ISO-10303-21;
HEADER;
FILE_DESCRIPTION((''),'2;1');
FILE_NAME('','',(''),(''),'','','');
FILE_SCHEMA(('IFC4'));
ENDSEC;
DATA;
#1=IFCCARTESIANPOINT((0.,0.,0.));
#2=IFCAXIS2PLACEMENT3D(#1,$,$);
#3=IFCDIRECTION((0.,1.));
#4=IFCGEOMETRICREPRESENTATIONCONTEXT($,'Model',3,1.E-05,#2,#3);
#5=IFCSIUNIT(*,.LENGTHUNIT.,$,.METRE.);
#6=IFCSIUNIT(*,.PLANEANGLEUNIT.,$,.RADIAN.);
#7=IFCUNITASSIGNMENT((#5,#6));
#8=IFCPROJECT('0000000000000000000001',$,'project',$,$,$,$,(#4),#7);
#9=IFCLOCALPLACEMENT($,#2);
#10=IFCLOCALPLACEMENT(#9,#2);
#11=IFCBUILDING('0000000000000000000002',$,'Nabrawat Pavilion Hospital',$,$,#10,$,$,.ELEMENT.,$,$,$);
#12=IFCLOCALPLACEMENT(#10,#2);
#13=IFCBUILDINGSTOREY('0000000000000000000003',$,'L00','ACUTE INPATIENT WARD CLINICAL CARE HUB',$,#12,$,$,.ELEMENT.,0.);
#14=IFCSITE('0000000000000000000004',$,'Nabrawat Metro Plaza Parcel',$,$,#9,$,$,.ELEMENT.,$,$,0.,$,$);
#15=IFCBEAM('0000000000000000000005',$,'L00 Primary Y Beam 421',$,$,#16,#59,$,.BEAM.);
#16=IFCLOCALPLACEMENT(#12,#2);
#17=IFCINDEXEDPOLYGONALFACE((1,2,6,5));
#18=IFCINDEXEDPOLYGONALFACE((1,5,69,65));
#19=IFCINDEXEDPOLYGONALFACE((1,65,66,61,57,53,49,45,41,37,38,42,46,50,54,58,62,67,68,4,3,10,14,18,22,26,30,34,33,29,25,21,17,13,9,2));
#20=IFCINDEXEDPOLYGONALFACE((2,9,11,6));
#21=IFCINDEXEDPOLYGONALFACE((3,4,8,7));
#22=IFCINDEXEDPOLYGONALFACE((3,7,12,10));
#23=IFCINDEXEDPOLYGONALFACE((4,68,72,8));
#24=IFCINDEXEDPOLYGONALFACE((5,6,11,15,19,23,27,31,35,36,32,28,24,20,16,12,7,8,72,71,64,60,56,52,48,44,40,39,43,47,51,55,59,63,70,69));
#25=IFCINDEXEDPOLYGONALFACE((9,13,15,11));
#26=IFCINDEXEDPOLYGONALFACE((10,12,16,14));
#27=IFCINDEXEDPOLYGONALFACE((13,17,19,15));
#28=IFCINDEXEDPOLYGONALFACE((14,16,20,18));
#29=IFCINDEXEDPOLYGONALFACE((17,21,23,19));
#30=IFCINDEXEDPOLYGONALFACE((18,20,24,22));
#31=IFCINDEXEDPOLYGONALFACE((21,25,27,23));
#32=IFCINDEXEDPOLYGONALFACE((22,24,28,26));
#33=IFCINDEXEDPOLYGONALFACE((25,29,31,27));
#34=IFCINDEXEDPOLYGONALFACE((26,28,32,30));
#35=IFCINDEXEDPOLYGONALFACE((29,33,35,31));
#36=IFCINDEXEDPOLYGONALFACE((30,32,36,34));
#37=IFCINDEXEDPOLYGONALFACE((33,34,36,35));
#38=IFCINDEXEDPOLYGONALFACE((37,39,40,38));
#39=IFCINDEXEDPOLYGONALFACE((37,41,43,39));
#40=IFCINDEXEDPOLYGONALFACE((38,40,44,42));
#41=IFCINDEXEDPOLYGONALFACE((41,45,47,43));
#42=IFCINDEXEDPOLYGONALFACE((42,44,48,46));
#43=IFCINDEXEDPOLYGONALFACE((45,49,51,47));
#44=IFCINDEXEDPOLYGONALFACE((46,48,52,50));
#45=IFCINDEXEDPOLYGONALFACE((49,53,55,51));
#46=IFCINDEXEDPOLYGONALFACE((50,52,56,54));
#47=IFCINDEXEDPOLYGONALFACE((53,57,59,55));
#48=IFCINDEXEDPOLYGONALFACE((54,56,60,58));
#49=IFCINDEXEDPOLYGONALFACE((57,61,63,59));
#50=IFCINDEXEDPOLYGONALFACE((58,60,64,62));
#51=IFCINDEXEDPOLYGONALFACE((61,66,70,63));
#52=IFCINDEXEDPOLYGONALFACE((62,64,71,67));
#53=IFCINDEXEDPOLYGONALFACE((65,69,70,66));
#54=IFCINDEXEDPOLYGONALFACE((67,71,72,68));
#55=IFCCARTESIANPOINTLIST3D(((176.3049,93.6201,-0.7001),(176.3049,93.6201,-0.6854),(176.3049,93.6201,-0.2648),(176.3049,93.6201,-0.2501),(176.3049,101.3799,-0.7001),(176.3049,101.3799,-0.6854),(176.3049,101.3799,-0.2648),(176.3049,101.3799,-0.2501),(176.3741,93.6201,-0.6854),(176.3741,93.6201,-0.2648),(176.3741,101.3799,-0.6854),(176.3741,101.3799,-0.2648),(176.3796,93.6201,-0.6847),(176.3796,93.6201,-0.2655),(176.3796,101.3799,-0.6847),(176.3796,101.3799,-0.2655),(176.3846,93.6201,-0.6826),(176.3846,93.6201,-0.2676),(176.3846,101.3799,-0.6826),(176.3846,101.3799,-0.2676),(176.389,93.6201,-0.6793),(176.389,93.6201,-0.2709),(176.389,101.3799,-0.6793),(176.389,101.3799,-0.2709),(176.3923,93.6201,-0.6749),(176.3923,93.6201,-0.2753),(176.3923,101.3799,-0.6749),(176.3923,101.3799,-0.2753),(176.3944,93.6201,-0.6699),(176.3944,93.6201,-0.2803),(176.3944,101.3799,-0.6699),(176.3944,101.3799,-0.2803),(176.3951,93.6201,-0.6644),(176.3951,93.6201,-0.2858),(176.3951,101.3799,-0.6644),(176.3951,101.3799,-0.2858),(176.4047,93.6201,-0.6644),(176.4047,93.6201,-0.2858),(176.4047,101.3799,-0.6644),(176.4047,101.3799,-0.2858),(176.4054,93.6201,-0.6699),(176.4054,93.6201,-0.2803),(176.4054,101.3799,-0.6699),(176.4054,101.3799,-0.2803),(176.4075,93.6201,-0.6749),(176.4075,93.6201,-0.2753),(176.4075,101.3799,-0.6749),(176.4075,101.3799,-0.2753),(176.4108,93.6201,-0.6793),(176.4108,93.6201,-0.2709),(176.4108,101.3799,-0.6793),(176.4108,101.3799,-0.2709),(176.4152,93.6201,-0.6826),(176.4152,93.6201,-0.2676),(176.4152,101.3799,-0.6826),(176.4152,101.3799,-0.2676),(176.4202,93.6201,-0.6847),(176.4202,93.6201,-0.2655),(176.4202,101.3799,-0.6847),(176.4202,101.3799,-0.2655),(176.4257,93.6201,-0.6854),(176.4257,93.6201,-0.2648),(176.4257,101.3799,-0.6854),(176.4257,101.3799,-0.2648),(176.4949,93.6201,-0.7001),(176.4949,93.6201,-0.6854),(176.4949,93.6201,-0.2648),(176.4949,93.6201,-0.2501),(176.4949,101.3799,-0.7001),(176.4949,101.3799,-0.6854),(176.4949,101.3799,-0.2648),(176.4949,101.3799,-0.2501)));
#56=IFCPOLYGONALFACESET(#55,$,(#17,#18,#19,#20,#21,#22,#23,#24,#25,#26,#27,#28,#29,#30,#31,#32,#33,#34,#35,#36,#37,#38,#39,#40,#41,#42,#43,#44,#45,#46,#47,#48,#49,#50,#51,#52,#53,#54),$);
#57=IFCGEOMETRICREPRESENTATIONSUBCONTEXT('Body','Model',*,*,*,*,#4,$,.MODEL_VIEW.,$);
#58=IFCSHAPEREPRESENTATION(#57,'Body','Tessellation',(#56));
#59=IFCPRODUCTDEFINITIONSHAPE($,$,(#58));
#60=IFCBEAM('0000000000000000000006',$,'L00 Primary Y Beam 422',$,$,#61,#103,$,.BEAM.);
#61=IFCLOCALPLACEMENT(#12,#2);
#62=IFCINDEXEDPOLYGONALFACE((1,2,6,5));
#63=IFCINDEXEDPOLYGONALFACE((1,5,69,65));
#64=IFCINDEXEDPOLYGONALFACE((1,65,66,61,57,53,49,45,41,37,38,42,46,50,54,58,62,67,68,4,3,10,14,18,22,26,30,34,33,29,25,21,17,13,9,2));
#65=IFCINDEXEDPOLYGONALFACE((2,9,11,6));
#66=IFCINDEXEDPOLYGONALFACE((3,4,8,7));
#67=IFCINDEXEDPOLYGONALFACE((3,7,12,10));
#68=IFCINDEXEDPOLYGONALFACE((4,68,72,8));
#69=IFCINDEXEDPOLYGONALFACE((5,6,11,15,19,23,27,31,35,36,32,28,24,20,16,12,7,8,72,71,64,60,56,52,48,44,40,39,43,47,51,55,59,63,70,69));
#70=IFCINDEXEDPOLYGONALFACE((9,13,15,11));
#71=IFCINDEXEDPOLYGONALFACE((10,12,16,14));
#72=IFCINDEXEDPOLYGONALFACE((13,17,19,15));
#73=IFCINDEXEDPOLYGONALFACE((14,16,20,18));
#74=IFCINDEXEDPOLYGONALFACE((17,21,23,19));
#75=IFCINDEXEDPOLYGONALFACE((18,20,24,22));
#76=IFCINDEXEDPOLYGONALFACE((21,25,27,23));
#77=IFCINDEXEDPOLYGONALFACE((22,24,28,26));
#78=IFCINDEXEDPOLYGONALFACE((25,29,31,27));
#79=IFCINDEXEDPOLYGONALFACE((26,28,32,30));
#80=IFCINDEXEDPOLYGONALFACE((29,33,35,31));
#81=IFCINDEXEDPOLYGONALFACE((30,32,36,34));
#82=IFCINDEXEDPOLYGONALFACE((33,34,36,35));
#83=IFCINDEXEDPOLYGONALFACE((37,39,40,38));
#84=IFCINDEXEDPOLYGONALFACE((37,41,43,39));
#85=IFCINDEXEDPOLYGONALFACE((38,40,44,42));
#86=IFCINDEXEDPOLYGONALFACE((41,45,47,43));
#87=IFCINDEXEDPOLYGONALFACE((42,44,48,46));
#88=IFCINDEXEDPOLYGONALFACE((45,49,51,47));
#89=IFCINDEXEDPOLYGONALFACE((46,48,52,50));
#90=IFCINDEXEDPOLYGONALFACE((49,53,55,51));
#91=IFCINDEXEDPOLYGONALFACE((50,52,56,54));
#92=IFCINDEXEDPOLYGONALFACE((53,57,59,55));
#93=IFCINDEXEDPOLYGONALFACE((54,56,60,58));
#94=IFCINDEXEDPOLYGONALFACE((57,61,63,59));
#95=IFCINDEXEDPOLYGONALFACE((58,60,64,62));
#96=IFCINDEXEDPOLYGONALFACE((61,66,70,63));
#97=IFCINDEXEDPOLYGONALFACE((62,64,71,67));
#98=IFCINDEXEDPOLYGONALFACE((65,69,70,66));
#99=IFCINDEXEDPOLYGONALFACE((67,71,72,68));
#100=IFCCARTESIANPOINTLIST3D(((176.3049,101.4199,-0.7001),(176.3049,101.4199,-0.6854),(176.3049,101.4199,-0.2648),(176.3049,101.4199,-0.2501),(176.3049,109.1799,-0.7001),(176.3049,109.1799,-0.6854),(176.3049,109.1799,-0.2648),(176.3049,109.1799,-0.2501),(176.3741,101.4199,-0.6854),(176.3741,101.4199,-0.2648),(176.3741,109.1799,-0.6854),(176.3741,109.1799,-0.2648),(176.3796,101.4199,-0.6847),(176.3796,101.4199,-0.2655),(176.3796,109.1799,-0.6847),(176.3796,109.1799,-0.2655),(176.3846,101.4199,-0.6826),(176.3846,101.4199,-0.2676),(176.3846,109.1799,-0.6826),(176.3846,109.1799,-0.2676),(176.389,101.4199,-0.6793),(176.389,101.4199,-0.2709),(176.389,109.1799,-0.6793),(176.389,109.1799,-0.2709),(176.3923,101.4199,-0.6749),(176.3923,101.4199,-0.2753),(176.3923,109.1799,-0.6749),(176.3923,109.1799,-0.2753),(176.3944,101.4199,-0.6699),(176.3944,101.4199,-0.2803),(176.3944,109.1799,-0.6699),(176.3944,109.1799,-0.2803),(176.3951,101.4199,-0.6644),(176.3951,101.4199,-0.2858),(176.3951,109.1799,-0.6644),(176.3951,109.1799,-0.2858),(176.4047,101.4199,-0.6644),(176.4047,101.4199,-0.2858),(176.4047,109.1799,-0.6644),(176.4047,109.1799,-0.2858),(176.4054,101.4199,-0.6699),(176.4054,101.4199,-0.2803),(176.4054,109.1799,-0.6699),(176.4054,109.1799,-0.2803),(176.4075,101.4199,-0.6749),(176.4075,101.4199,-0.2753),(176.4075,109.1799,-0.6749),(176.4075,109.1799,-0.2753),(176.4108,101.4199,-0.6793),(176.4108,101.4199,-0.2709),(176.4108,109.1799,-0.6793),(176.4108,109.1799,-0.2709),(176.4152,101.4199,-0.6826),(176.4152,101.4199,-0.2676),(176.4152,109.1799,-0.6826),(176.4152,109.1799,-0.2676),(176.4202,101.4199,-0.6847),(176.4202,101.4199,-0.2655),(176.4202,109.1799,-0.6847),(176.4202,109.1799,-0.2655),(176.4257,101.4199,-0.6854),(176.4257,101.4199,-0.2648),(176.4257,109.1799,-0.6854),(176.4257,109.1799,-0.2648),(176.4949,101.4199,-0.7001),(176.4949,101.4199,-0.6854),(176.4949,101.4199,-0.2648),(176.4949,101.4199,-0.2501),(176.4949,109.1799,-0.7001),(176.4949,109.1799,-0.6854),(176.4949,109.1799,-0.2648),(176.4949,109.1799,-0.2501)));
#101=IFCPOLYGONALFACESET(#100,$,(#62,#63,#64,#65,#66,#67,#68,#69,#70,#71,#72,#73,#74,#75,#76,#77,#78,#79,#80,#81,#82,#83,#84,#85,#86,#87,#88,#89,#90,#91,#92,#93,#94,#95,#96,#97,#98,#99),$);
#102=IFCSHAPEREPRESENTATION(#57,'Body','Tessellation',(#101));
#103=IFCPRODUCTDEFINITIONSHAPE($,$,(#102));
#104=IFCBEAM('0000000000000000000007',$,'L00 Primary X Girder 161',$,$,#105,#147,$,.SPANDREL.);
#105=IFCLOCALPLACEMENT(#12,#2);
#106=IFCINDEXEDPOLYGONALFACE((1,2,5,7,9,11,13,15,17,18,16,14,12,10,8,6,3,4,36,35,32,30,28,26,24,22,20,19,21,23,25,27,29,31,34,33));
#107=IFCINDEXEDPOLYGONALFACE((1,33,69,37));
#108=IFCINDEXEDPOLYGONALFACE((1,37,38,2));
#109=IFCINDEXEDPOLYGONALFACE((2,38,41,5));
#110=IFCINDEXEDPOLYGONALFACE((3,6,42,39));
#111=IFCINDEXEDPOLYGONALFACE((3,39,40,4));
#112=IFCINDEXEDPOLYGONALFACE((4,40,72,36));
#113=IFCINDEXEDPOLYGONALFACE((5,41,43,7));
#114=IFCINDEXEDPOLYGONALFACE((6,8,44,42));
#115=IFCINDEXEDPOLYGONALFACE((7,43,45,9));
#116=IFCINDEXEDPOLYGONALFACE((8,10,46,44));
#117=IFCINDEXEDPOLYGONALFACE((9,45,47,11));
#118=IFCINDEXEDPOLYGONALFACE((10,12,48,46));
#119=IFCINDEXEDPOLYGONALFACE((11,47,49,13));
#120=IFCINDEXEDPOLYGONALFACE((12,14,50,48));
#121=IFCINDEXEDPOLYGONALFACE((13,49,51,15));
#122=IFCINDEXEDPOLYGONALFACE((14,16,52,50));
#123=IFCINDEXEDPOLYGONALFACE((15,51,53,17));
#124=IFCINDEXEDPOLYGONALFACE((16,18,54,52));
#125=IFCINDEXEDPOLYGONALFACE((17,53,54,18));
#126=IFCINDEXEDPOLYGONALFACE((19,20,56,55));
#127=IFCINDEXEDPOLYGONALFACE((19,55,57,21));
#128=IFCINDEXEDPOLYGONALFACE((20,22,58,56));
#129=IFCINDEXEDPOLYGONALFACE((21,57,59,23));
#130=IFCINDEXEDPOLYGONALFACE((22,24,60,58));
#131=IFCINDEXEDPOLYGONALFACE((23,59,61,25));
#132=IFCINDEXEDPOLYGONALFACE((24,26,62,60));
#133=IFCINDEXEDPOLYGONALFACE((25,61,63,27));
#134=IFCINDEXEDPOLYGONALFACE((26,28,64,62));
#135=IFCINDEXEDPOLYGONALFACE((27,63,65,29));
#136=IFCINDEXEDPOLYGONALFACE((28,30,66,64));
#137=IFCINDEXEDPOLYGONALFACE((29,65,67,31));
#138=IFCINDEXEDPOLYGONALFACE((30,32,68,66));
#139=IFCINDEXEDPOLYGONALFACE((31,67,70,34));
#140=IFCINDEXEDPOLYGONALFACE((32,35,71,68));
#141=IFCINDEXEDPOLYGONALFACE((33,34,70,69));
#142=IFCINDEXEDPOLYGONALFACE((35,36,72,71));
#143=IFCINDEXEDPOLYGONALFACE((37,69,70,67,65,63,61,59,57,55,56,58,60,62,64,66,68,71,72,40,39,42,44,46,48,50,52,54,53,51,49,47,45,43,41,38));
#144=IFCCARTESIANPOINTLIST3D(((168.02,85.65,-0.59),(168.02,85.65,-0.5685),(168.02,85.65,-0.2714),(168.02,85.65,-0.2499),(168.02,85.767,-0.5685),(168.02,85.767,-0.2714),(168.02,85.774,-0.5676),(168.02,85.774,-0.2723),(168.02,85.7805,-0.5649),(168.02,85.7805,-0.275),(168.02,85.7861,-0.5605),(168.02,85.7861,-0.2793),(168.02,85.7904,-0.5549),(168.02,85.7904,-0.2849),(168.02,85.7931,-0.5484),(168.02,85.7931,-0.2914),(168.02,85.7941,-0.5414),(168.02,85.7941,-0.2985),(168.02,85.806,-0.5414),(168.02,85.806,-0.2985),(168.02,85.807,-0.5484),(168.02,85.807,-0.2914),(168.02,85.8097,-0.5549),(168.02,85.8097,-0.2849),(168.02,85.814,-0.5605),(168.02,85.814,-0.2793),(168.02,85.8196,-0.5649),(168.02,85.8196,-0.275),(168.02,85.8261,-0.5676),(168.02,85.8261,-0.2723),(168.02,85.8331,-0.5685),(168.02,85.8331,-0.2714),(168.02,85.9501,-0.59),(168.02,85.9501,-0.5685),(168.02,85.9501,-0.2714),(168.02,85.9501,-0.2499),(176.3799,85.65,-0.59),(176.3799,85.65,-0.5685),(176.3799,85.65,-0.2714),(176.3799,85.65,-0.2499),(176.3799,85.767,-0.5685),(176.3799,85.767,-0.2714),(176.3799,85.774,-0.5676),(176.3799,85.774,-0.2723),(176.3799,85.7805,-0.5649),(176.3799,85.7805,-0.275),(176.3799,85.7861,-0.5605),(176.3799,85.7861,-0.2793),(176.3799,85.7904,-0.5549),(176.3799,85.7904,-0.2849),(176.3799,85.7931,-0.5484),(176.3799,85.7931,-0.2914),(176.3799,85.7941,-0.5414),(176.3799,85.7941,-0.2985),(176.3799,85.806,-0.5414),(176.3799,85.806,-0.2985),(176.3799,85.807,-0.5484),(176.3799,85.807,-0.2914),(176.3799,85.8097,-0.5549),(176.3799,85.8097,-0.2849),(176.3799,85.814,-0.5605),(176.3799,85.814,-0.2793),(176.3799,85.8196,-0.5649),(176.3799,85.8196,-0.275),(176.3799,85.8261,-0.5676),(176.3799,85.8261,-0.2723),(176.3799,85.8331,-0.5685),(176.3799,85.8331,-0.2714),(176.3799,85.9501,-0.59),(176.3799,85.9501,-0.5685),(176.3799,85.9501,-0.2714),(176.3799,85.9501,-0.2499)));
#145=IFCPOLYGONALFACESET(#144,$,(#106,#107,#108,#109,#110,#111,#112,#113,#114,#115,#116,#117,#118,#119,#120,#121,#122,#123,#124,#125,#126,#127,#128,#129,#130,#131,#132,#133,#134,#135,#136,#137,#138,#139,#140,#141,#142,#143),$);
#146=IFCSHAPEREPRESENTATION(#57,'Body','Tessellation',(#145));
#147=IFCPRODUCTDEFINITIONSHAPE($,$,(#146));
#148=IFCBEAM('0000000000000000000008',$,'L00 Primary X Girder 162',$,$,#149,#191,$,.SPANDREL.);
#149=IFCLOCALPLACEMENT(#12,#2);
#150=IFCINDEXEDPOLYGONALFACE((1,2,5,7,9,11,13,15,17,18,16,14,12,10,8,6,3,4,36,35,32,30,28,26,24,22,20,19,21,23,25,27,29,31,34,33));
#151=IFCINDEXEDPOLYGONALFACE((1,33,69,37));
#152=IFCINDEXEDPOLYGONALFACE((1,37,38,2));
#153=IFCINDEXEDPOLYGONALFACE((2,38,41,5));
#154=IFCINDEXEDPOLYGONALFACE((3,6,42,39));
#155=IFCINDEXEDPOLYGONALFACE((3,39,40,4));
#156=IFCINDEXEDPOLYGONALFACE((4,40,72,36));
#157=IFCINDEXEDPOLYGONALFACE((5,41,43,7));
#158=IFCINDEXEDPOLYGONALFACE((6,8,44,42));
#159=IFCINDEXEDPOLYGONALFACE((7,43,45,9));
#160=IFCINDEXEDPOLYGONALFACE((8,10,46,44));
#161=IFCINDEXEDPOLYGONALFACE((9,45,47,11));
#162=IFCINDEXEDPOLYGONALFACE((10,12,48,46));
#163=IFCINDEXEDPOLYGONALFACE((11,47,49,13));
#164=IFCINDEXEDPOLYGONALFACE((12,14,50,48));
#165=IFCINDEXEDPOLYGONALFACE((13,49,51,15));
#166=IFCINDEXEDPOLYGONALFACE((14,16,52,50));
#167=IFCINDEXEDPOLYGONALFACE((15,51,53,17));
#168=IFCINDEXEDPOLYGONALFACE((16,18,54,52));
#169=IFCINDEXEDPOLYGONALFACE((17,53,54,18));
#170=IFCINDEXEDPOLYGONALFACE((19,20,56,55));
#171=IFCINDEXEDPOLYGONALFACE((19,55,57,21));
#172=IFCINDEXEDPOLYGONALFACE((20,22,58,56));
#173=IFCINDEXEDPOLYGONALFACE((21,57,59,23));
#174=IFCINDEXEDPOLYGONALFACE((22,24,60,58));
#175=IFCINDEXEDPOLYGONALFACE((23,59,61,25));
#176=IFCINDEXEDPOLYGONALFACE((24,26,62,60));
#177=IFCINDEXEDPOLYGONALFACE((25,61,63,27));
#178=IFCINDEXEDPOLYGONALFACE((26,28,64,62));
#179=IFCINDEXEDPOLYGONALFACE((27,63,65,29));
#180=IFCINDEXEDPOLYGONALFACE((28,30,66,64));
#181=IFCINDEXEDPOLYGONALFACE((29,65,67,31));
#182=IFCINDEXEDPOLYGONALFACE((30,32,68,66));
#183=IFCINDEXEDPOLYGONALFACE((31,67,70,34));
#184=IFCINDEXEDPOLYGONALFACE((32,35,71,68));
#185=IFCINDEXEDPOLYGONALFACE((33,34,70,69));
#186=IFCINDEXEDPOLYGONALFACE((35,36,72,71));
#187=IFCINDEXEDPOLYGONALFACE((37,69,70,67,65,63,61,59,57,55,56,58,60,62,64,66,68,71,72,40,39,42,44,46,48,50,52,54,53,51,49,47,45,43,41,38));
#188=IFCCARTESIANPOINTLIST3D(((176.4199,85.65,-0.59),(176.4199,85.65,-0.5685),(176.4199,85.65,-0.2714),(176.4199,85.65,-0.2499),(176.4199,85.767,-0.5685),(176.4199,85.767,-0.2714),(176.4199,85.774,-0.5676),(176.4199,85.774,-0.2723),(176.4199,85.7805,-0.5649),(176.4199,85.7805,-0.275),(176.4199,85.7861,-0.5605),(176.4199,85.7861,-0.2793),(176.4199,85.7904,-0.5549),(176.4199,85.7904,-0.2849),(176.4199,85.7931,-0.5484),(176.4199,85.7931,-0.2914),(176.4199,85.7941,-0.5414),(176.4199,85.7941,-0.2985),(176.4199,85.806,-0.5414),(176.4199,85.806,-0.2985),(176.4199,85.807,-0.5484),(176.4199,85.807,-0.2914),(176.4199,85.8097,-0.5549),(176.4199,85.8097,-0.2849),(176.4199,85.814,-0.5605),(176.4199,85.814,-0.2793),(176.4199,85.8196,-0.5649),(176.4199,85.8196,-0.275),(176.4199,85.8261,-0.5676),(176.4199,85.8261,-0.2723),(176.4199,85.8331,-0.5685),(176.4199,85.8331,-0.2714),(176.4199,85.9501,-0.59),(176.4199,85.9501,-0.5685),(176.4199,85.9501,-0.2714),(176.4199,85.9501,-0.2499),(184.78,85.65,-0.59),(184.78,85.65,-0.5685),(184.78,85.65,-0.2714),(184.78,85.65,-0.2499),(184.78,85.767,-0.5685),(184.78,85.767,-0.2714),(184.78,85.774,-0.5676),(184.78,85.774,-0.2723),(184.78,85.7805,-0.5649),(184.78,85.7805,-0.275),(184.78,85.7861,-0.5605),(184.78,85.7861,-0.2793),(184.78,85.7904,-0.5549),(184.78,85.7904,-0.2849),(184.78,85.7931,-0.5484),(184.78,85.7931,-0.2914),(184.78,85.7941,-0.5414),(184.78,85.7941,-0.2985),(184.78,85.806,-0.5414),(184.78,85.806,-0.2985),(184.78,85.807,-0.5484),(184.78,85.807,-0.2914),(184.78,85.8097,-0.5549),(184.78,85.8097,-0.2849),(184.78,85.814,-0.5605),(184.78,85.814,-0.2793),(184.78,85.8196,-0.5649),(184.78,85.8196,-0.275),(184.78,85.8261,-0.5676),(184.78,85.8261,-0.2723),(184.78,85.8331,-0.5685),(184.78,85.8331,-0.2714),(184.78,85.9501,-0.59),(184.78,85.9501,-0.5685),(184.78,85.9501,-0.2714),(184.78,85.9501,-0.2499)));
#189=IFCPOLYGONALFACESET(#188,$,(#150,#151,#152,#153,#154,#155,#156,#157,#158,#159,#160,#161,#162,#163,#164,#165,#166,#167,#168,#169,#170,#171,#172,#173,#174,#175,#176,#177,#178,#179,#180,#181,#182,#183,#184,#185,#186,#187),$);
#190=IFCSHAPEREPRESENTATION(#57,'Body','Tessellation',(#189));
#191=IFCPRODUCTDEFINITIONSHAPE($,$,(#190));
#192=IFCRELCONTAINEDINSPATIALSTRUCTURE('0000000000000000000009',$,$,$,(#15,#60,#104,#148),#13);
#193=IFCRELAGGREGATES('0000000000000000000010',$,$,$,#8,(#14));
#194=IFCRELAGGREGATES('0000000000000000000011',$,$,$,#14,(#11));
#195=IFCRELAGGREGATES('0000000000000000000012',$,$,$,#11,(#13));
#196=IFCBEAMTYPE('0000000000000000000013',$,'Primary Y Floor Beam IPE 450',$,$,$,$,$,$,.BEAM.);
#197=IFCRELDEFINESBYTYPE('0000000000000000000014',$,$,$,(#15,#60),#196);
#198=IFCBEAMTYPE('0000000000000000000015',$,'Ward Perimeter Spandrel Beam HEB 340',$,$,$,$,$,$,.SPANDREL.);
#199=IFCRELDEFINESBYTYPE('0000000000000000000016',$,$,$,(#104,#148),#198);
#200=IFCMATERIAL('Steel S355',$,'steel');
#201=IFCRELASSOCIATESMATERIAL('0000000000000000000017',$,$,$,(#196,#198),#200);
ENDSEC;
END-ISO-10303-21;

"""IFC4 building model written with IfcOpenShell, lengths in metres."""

from ifc_helpers import new_model, si_unit, direction, frame, origin, origin_2d, place, context, subcontext, project, spatial, i_section, extrude, material, material_profile, profile_set, type_object, element, save


model = new_model("IFC4")

# Units and contexts
model_context = context("Model", 3, precision=1e-05, world=origin(), true_north=direction((0.0, 1.0)))
body_context = subcontext(model_context, "Body", "Model", "MODEL_VIEW")
ifc_project = project(units=[si_unit("LENGTHUNIT", "METRE"), si_unit("PLANEANGLEUNIT", "RADIAN")], contexts=[model_context])

# Site, building, storey
site_placement = place(None, origin())
site = spatial("IfcSite", under=ifc_project, at=site_placement, Name="Nabrawat Metro Plaza Parcel", CompositionType="ELEMENT", RefElevation=0.0)
building_placement = place(site_placement, origin())
building = spatial("IfcBuilding", under=site, at=building_placement, Name="Nabrawat Pavilion Hospital", CompositionType="ELEMENT")
storey_placement = place(building_placement, origin())
storey = spatial("IfcBuildingStorey", under=building, at=storey_placement, Name="L00", Description="ACUTE INPATIENT WARD CLINICAL CARE HUB", CompositionType="ELEMENT", Elevation=0.0)

# Shared definitions
ifc_material_1 = material(Name="Steel S355", Category="steel")

# Beams
ifc_material_profile_1 = material_profile(ifc_material_1, i_section(OverallWidth=0.1899, OverallDepth=0.45, WebThickness=0.0095, FlangeThickness=0.0146, FilletRadius=0.021, at=origin_2d()), Name="IPE 450")
ifc_profile_set_1 = profile_set([ifc_material_profile_1], Name="Steel S355")
beam_type_1 = type_object("IfcBeamType", Name="Primary Y Floor Beam IPE 450", PredefinedType="BEAM", material=ifc_profile_set_1)
beam_1_placement = place(storey_placement, frame((176.3999, 93.6201, -0.4751), z_axis=(0.0, 1.0, 0.0), x_axis=(-1.0, 0.0, 0.0)))
element("IfcBeam", 1, at=beam_1_placement, inside=storey, type_object=beam_type_1, Name="L00 Primary Y Beam 421", PredefinedType="BEAM", context=body_context, shape_type="SweptSolid", body=[
    extrude(i_section(OverallWidth=0.1899, OverallDepth=0.45, WebThickness=0.0095, FlangeThickness=0.0146, FilletRadius=0.021, at=origin_2d()), origin(), (0.0, 0.0, 1.0), 7.7598),
])
beam_2_placement = place(storey_placement, frame((176.3999, 101.4199, -0.4751), z_axis=(0.0, 1.0, 0.0), x_axis=(-1.0, 0.0, 0.0)))
element("IfcBeam", 2, at=beam_2_placement, inside=storey, type_object=beam_type_1, Name="L00 Primary Y Beam 422", PredefinedType="BEAM", context=body_context, shape_type="SweptSolid", body=[
    extrude(i_section(OverallWidth=0.1899, OverallDepth=0.45, WebThickness=0.0095, FlangeThickness=0.0146, FilletRadius=0.021, at=origin_2d()), origin(), (0.0, 0.0, 1.0), 7.76),
])
ifc_material_profile_2 = material_profile(ifc_material_1, i_section(OverallWidth=0.3, OverallDepth=0.3401, WebThickness=0.012, FlangeThickness=0.0215, FilletRadius=0.0271, at=origin_2d()), Name="HEB 340")
ifc_profile_set_2 = profile_set([ifc_material_profile_2], Name="Steel S355")
beam_type_2 = type_object("IfcBeamType", Name="Ward Perimeter Spandrel Beam HEB 340", PredefinedType="SPANDREL", material=ifc_profile_set_2)
beam_3_placement = place(storey_placement, frame((168.02, 85.8, -0.4199), z_axis=(1.0, 0.0, 0.0), x_axis=(0.0, 1.0, 0.0)))
element("IfcBeam", 3, at=beam_3_placement, inside=storey, type_object=beam_type_2, Name="L00 Primary X Girder 161", PredefinedType="SPANDREL", context=body_context, shape_type="SweptSolid", body=[
    extrude(i_section(OverallWidth=0.3, OverallDepth=0.3401, WebThickness=0.012, FlangeThickness=0.0215, FilletRadius=0.0271, at=origin_2d()), origin(), (0.0, 0.0, 1.0), 8.3599),
])
beam_4_placement = place(storey_placement, frame((176.4199, 85.8, -0.4199), z_axis=(1.0, 0.0, 0.0), x_axis=(0.0, 1.0, 0.0)))
element("IfcBeam", 4, at=beam_4_placement, inside=storey, type_object=beam_type_2, Name="L00 Primary X Girder 162", PredefinedType="SPANDREL", context=body_context, shape_type="SweptSolid", body=[
    extrude(i_section(OverallWidth=0.3, OverallDepth=0.3401, WebThickness=0.012, FlangeThickness=0.0215, FilletRadius=0.0271, at=origin_2d()), origin(), (0.0, 0.0, 1.0), 8.3601),
])

save(model, "model.ifc")
